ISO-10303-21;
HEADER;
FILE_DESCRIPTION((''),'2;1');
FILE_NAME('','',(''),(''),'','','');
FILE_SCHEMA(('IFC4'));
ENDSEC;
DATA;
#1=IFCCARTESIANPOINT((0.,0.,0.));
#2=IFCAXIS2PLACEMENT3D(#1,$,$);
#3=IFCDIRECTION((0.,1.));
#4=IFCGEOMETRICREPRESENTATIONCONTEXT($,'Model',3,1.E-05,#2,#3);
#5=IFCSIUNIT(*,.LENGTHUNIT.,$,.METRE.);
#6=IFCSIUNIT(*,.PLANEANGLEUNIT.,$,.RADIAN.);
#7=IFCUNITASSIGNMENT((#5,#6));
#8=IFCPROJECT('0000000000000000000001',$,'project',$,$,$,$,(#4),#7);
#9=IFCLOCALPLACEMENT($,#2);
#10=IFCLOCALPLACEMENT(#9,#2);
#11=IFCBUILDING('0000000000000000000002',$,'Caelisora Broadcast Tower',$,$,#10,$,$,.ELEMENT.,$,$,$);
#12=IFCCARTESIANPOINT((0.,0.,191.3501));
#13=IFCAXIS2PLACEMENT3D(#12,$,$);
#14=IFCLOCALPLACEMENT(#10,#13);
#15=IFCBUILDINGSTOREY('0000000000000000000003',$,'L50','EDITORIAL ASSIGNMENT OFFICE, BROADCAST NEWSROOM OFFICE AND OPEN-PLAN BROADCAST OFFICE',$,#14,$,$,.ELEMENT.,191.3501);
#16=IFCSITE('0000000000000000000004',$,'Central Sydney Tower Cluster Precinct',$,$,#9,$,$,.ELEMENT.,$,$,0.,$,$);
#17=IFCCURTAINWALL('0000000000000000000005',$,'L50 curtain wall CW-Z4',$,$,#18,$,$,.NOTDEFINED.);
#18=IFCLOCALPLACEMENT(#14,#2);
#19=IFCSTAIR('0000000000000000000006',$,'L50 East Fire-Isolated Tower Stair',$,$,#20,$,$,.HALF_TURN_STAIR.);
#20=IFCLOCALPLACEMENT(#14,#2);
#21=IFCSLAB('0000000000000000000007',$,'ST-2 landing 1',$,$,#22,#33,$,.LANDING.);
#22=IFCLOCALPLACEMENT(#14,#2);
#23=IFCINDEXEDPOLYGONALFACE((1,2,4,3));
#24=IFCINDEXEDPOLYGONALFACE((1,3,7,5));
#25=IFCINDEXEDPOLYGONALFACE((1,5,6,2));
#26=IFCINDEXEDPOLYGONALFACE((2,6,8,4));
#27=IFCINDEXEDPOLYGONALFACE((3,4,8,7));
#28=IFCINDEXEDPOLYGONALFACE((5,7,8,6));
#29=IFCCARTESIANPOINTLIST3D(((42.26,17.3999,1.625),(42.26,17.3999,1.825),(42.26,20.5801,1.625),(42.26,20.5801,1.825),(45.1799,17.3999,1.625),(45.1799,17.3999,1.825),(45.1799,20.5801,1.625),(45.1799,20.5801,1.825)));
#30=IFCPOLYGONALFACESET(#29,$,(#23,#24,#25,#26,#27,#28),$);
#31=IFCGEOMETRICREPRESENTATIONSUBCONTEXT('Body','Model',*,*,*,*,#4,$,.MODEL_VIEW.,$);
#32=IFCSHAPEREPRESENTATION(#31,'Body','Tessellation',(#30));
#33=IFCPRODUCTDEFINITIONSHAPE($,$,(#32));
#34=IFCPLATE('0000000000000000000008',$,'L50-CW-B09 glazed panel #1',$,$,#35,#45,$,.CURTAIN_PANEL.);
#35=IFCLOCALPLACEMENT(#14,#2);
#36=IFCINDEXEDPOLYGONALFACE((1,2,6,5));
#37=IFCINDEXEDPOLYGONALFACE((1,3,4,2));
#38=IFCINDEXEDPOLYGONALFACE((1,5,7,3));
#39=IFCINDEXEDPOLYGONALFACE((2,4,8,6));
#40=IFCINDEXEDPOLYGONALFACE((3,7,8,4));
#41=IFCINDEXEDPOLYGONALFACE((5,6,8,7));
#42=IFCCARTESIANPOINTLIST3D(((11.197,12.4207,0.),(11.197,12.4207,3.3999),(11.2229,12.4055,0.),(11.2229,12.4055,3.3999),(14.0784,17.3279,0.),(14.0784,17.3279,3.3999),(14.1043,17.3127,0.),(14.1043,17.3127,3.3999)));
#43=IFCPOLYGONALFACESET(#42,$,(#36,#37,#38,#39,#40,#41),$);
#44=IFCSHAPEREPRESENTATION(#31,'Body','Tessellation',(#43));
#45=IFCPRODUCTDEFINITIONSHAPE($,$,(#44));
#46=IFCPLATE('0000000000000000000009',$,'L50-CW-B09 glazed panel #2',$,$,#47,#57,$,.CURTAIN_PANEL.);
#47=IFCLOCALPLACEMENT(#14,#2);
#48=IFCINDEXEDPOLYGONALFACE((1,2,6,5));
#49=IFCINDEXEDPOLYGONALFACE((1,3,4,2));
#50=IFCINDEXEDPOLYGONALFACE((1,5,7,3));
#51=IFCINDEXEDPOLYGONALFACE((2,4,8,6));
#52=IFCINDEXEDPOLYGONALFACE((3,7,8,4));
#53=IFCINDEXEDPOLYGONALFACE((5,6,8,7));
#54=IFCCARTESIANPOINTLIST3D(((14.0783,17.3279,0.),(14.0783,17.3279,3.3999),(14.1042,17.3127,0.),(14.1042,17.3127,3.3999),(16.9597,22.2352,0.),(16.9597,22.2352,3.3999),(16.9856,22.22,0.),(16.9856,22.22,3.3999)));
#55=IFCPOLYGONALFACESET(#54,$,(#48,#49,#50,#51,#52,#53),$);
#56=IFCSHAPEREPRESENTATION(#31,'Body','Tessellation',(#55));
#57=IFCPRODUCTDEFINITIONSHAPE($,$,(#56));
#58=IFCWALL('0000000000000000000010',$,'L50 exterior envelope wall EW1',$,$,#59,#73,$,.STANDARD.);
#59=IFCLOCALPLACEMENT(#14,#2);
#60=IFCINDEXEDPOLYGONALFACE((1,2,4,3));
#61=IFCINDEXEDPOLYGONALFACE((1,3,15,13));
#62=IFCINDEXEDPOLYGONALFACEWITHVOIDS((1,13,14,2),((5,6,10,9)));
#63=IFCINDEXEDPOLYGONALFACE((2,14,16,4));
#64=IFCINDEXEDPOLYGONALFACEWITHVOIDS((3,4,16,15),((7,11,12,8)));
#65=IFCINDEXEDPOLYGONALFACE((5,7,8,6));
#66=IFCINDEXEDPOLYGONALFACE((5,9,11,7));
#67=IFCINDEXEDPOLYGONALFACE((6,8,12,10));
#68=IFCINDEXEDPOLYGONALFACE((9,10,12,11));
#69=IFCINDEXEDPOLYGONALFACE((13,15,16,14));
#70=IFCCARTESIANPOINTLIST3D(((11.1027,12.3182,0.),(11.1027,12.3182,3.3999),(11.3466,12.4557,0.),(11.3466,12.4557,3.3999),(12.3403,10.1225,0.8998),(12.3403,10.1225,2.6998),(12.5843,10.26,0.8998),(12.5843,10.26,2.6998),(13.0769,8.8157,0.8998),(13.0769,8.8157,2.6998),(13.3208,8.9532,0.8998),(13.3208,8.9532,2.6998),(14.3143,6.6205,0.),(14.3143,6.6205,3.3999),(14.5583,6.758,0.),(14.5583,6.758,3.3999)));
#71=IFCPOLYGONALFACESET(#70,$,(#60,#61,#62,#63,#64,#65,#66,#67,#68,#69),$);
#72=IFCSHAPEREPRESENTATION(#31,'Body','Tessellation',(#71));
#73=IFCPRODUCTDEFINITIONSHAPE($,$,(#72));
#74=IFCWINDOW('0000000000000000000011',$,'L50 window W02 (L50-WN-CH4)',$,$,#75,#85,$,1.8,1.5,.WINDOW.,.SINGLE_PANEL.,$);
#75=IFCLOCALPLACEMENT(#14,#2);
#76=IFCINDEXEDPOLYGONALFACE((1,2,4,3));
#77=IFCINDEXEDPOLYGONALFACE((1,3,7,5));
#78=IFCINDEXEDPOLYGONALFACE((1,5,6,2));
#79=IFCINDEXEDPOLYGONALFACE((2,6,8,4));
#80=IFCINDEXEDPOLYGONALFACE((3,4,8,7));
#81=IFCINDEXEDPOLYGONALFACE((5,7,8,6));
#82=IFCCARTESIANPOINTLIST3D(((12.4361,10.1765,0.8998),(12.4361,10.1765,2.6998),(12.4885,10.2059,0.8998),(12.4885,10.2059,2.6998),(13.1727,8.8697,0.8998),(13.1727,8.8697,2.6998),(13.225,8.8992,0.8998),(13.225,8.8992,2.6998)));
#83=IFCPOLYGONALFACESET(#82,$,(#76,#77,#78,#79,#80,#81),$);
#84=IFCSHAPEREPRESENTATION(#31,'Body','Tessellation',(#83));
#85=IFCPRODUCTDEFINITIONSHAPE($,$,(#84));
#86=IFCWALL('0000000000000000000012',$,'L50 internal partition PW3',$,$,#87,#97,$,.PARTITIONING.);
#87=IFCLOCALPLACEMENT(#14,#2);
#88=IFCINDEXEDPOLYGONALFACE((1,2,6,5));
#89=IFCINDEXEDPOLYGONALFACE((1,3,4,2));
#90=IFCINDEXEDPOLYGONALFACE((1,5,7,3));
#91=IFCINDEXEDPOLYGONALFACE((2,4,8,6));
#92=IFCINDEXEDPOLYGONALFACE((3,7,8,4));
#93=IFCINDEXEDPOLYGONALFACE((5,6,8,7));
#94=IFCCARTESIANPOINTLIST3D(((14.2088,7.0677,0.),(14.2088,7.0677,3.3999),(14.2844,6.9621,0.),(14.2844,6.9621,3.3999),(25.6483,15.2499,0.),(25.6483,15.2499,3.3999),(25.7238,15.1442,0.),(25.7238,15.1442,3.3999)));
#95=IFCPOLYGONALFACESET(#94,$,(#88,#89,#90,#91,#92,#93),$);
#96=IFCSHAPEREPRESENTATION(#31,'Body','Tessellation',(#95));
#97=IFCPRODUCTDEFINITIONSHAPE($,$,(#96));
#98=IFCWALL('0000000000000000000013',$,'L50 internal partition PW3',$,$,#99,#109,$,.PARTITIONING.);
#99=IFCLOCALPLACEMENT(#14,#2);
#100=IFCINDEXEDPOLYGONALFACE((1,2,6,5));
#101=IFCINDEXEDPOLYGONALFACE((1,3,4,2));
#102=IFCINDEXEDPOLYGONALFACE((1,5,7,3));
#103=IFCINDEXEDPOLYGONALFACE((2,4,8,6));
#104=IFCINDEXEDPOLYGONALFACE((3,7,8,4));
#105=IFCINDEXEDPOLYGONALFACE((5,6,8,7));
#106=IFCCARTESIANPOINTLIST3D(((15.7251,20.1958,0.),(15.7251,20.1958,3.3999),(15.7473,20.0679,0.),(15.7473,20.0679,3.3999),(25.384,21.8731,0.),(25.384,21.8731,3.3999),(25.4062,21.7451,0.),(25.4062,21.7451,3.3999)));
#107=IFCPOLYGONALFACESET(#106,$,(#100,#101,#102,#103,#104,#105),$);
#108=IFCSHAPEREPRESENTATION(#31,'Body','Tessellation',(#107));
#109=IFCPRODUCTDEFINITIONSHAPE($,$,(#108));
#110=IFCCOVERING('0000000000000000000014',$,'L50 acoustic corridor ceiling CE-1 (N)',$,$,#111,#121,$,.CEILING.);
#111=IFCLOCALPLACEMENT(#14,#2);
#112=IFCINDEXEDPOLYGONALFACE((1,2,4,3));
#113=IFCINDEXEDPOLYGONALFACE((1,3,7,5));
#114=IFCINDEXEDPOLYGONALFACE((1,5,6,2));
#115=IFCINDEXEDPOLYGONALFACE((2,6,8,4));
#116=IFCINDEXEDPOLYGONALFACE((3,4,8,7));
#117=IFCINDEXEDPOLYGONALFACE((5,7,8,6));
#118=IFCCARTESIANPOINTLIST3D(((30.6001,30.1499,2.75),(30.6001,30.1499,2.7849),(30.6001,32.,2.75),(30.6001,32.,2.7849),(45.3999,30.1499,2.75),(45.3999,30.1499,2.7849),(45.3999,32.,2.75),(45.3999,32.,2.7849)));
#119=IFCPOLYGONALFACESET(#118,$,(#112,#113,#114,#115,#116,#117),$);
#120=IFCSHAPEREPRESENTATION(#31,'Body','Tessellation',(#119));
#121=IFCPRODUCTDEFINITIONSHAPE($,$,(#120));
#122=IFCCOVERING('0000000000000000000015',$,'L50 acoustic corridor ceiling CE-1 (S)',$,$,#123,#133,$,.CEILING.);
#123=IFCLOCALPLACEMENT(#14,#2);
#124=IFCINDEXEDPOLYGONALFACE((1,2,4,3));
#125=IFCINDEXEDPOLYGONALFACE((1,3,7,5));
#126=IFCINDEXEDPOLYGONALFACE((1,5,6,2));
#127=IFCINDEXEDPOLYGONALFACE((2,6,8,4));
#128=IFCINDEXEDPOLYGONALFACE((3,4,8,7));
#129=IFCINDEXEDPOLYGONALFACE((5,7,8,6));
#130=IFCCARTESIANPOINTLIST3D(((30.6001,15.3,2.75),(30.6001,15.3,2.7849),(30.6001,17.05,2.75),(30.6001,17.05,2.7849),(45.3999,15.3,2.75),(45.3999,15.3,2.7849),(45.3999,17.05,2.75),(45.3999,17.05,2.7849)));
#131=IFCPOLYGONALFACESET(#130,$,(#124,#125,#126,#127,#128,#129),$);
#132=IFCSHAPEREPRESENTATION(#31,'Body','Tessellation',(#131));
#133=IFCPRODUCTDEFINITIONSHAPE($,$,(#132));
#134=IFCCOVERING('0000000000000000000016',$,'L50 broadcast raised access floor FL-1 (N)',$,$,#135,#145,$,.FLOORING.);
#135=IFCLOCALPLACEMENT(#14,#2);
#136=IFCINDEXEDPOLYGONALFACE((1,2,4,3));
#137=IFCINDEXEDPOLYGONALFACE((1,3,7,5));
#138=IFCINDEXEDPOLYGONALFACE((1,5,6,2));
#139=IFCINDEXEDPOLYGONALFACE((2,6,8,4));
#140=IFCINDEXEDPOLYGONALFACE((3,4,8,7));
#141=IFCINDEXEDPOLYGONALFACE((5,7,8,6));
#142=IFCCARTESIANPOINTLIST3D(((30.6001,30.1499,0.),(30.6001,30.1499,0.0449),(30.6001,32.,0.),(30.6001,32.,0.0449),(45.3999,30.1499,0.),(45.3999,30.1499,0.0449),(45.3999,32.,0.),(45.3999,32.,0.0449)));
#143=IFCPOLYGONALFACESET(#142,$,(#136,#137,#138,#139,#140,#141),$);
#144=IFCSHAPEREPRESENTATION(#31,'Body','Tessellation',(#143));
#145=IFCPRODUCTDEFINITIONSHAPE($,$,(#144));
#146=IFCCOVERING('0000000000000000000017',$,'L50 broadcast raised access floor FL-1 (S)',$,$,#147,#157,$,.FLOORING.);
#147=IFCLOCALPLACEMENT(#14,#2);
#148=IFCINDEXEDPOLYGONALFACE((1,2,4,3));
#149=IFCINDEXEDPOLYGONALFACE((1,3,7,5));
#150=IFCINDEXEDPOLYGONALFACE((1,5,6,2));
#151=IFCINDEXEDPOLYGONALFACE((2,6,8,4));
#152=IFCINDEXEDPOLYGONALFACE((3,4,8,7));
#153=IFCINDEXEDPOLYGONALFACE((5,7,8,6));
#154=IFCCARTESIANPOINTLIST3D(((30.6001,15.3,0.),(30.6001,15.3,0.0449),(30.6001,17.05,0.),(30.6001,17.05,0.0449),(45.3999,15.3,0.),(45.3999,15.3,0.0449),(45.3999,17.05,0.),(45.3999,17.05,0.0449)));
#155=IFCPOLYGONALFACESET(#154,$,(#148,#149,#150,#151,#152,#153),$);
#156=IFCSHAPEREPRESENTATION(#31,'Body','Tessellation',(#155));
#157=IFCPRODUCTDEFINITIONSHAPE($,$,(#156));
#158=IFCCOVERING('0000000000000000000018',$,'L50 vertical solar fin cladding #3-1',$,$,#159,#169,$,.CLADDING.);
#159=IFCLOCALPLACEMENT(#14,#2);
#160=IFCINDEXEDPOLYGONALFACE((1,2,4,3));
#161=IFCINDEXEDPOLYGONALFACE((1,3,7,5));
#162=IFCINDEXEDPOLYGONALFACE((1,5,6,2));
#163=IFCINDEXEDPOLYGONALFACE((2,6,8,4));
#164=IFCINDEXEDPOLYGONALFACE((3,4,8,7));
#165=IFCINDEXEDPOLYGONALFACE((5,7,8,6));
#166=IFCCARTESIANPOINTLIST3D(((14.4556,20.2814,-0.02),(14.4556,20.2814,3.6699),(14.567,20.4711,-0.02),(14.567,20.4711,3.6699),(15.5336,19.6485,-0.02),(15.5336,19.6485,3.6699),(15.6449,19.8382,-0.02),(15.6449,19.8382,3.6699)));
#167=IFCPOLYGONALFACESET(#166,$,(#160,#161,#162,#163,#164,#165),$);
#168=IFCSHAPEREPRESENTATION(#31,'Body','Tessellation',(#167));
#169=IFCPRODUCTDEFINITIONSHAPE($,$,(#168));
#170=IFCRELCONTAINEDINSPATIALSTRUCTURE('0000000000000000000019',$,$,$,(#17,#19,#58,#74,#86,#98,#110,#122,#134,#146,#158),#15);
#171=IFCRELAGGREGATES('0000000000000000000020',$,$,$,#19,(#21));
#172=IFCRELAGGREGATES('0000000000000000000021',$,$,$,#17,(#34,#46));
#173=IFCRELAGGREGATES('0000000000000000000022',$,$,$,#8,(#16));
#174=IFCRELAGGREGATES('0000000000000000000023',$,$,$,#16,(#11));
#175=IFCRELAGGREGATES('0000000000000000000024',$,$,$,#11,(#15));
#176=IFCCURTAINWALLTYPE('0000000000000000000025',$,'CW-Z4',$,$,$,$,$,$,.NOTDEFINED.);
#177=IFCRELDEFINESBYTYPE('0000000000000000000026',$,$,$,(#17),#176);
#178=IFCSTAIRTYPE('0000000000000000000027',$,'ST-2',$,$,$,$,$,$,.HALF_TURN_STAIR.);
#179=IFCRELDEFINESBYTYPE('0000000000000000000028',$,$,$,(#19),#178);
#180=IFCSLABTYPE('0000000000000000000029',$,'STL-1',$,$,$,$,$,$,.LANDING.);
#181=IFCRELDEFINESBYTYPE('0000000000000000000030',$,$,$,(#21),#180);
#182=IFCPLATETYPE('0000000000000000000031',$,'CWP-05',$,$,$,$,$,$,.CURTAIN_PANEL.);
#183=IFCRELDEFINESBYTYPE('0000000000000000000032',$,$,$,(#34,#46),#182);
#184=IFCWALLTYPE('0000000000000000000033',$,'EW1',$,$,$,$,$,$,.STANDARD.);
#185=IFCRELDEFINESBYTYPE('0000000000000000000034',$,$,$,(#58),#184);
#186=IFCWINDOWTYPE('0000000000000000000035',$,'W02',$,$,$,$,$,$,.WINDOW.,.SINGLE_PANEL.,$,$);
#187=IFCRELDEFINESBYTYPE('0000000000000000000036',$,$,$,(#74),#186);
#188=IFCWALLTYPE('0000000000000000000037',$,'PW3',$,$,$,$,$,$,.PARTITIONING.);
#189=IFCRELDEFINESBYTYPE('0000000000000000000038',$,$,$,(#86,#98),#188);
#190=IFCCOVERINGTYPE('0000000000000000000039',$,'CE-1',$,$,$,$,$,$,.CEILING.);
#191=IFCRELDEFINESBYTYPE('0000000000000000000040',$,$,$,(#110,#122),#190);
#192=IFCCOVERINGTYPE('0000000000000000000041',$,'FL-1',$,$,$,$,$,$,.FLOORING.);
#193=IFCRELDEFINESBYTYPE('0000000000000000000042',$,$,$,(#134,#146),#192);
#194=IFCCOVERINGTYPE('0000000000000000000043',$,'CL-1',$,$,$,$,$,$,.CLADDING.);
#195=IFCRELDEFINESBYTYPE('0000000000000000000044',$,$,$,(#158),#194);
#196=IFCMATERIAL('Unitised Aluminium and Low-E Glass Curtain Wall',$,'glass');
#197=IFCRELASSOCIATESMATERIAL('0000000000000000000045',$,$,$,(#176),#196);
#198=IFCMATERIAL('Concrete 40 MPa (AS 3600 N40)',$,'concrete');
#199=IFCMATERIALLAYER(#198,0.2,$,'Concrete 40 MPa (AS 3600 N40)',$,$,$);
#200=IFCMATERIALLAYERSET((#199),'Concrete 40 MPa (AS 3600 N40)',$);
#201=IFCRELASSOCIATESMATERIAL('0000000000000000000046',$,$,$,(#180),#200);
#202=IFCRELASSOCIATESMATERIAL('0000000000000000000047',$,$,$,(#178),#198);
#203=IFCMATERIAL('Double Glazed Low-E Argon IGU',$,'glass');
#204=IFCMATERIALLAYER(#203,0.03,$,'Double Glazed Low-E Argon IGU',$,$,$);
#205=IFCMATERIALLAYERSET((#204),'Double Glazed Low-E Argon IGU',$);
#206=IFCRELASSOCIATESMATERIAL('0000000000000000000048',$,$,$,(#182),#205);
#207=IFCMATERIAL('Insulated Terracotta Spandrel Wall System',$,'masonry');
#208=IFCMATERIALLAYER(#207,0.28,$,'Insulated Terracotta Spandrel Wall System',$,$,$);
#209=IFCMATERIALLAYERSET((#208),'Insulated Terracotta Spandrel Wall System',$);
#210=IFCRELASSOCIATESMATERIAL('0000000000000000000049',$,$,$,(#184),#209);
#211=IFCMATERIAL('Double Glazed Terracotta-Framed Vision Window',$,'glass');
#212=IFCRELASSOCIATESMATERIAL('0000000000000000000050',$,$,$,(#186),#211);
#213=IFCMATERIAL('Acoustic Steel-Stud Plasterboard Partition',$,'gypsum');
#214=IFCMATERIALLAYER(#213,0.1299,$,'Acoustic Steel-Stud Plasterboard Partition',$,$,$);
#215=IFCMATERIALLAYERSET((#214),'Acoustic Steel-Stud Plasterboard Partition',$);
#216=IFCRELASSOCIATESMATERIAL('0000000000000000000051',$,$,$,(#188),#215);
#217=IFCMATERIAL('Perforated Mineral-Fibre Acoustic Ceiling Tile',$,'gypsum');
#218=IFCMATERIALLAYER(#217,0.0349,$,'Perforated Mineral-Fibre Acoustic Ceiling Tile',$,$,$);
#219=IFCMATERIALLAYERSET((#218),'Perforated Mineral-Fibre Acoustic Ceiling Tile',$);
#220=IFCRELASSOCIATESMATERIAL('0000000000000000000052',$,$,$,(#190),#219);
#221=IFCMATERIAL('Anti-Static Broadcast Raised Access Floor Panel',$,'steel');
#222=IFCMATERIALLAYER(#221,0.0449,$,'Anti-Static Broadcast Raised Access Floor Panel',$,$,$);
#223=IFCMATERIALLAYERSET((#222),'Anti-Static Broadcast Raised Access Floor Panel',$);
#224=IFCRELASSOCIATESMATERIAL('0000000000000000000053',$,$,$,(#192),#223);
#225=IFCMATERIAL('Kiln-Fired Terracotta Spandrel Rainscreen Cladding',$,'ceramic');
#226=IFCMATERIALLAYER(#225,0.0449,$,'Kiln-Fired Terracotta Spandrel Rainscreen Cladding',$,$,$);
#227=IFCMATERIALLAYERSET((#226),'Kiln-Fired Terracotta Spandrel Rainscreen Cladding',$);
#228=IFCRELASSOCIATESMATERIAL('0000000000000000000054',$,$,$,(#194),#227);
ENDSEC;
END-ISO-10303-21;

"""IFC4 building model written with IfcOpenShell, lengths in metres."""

from ifc_helpers import new_model, si_unit, direction, frame, frame_2d, origin, origin_2d, place, context, subcontext, project, spatial, polyline, rectangle, outline, extrude, source, transform, mapped, material, layer, layer_set, type_object, type_shapes, element, fill, aggregate, save


model = new_model("IFC4")

# Units and contexts
model_context = context("Model", 3, precision=1e-05, world=origin(), true_north=direction((0.0, 1.0)))
body_context = subcontext(model_context, "Body", "Model", "MODEL_VIEW")
ifc_project = project(units=[si_unit("LENGTHUNIT", "METRE"), si_unit("PLANEANGLEUNIT", "RADIAN")], contexts=[model_context])

# Site, building, storey
site_placement = place(None, origin())
site = spatial("IfcSite", under=ifc_project, at=site_placement, Name="Central Sydney Tower Cluster Precinct", CompositionType="ELEMENT", RefElevation=0.0)
building_placement = place(site_placement, origin())
building = spatial("IfcBuilding", under=site, at=building_placement, Name="Caelisora Broadcast Tower", CompositionType="ELEMENT")
storey_placement = place(building_placement, frame((0.0, 0.0, 191.3501)))
storey = spatial("IfcBuildingStorey", under=building, at=storey_placement, Name="L50", Description="EDITORIAL ASSIGNMENT OFFICE, BROADCAST NEWSROOM OFFICE AND OPEN-PLAN BROADCAST OFFICE", CompositionType="ELEMENT", Elevation=191.3501)

# Shared definitions
ifc_material_1 = material(Name="Unitised Aluminium and Low-E Glass Curtain Wall", Category="glass")
curtain_wall_type = type_object("IfcCurtainWallType", Name="CW-Z4", PredefinedType="NOTDEFINED", material=ifc_material_1)

# Curtain wall
curtain_wall_1_placement = place(storey_placement, origin())
curtain_wall_1 = element("IfcCurtainWall", 1, at=curtain_wall_1_placement, inside=storey, type_object=curtain_wall_type, Name="L50 curtain wall CW-Z4", PredefinedType="NOTDEFINED")

# Shared definitions
ifc_material_2 = material(Name="Concrete 40 MPa (AS 3600 N40)", Category="concrete")

# Stair, slab
ifc_layer_1 = layer(ifc_material_2, 0.2, Name="Concrete 40 MPa (AS 3600 N40)")
ifc_layer_set_1 = layer_set([ifc_layer_1], Name="Concrete 40 MPa (AS 3600 N40)")
slab_type_1 = type_object("IfcSlabType", Name="STL-1", PredefinedType="LANDING", material=ifc_layer_set_1)
stair_type_1 = type_object("IfcStairType", Name="ST-2", PredefinedType="HALF_TURN_STAIR", material=ifc_material_2)
stair_1_placement = place(storey_placement, origin())
stair_1 = element("IfcStair", 2, at=stair_1_placement, inside=storey, type_object=stair_type_1, Name="L50 East Fire-Isolated Tower Stair", PredefinedType="HALF_TURN_STAIR")
slab_1_placement = place(storey_placement, frame((0.0, 0.0, 1.625)))
slab_1 = element("IfcSlab", 3, at=slab_1_placement, type_object=slab_type_1, Name="ST-2 landing 1", PredefinedType="LANDING", context=body_context, shape_type="SweptSolid", body=[
    extrude(outline(polyline([(42.26, 20.5801), (42.26, 17.3999), (45.1799, 17.3999), (45.1799, 20.5801), (42.26, 20.5801)])), origin(), (0.0, 0.0, 1.0), 0.2),
])
aggregate(stair_1, [slab_1])

# Plates
ifc_material_3 = material(Name="Double Glazed Low-E Argon IGU", Category="glass")
ifc_layer_2 = layer(ifc_material_3, 0.03, Name="Double Glazed Low-E Argon IGU")
ifc_layer_set_2 = layer_set([ifc_layer_2], Name="Double Glazed Low-E Argon IGU")
plate_type = type_object("IfcPlateType", Name="CWP-05", PredefinedType="CURTAIN_PANEL", material=ifc_layer_set_2)
shared_shape_1 = source(origin(), body_context, "Body", "SweptSolid", [
    extrude(rectangle(XDim=5.6907, YDim=0.03, at=origin_2d()), origin(), (0.0, 0.0, 1.0), 3.3999),
])
type_shapes(plate_type, [shared_shape_1])
plate_1_placement = place(storey_placement, frame((12.6506, 14.8667, 0.0), z_axis=(0.0, 0.0, 1.0), x_axis=(0.506335, 0.862337, 0.0)))
plate_1 = element("IfcPlate", 4, at=plate_1_placement, type_object=plate_type, Name="L50-CW-B09 glazed panel #1", PredefinedType="CURTAIN_PANEL", context=body_context, shape_type="MappedRepresentation", body=[
    mapped(shared_shape_1, transform((0.0, 0.0, 0.0), scale=1.0)),
])
plate_2_placement = place(storey_placement, frame((15.532, 19.7739, 0.0), z_axis=(0.0, 0.0, 1.0), x_axis=(0.506335, 0.862337, 0.0)))
plate_2 = element("IfcPlate", 5, at=plate_2_placement, type_object=plate_type, Name="L50-CW-B09 glazed panel #2", PredefinedType="CURTAIN_PANEL", context=body_context, shape_type="MappedRepresentation", body=[
    mapped(shared_shape_1, transform((0.0, 0.0, 0.0), scale=1.0)),
])
aggregate(curtain_wall_1, [plate_1, plate_2])

# Wall, opening, window
ifc_material_4 = material(Name="Insulated Terracotta Spandrel Wall System", Category="masonry")
ifc_layer_3 = layer(ifc_material_4, 0.28, Name="Insulated Terracotta Spandrel Wall System")
ifc_layer_set_3 = layer_set([ifc_layer_3], Name="Insulated Terracotta Spandrel Wall System")
wall_type_1 = type_object("IfcWallType", Name="EW1", PredefinedType="STANDARD", material=ifc_layer_set_3)
wall_1_placement = place(storey_placement, frame((14.4363, 6.6892, 0.0), z_axis=(0.0, 0.0, 1.0), x_axis=(-0.491037, 0.871139, 0.0)))
wall_1 = element("IfcWall", 6, at=wall_1_placement, inside=storey, type_object=wall_type_1, Name="L50 exterior envelope wall EW1", PredefinedType="STANDARD", context=body_context, shape_type="SweptSolid", body=[
    extrude(rectangle(XDim=6.5405, YDim=0.28, at=frame_2d((3.2703, 0.0))), origin(), (0.0, 0.0, 1.0), 3.3999),
])
opening_placement = place(wall_1_placement, frame((2.52, 0.0, 0.8999)))
opening = element("IfcOpeningElement", 7, at=opening_placement, cuts=wall_1, PredefinedType="OPENING", context=body_context, shape_type="SweptSolid", body=[
    extrude(rectangle(XDim=1.5, YDim=1.8, at=frame_2d((0.75, 0.8999))), frame((0.0, 0.1521, 0.0), z_axis=(0.0, -1.0, 0.0), x_axis=(1.0, 0.0, 0.0)), (0.0, 0.0, 1.0), 0.304),
])
ifc_material_5 = material(Name="Double Glazed Terracotta-Framed Vision Window", Category="glass")
window_type = type_object("IfcWindowType", Name="W02", PartitioningType="SINGLE_PANEL", PredefinedType="WINDOW", material=ifc_material_5)
window_placement = place(opening_placement, origin())
window = element("IfcWindow", 8, at=window_placement, inside=storey, type_object=window_type, Name="L50 window W02 (L50-WN-CH4)", OverallHeight=1.8, OverallWidth=1.5, PartitioningType="SINGLE_PANEL", PredefinedType="WINDOW", context=body_context, shape_type="SweptSolid", body=[
    extrude(rectangle(XDim=1.5, YDim=1.8, at=frame_2d((0.75, 0.8999))), frame((0.0, 0.03, 0.0), z_axis=(0.0, -1.0, 0.0), x_axis=(1.0, 0.0, 0.0)), (0.0, 0.0, 1.0), 0.0601),
])
fill(opening, window)

# Walls
ifc_material_6 = material(Name="Acoustic Steel-Stud Plasterboard Partition", Category="gypsum")
ifc_layer_4 = layer(ifc_material_6, 0.1299, Name="Acoustic Steel-Stud Plasterboard Partition")
ifc_layer_set_4 = layer_set([ifc_layer_4], Name="Acoustic Steel-Stud Plasterboard Partition")
wall_type_2 = type_object("IfcWallType", Name="PW3", PredefinedType="PARTITIONING", material=ifc_layer_set_4)
wall_2_placement = place(storey_placement, frame((14.2466, 7.0149, 0.0), z_axis=(0.0, 0.0, 1.0), x_axis=(0.81336, 0.58176, 0.0)))
element("IfcWall", 9, at=wall_2_placement, inside=storey, type_object=wall_type_2, Name="L50 internal partition PW3", PredefinedType="PARTITIONING", context=body_context, shape_type="SweptSolid", body=[
    extrude(rectangle(XDim=14.0645, YDim=0.1299, at=frame_2d((7.0322, 0.0))), origin(), (0.0, 0.0, 1.0), 3.3999),
])
wall_3_placement = place(storey_placement, frame((15.7361, 20.1318, 0.0), z_axis=(0.0, 0.0, 1.0), x_axis=(0.985256, 0.171087, 0.0)))
element("IfcWall", 10, at=wall_3_placement, inside=storey, type_object=wall_type_2, Name="L50 internal partition PW3", PredefinedType="PARTITIONING", context=body_context, shape_type="SweptSolid", body=[
    extrude(rectangle(XDim=9.8035, YDim=0.1299, at=frame_2d((4.9019, 0.0))), origin(), (0.0, 0.0, 1.0), 3.3999),
])

# Coverings
ifc_material_7 = material(Name="Perforated Mineral-Fibre Acoustic Ceiling Tile", Category="gypsum")
ifc_layer_5 = layer(ifc_material_7, 0.0349, Name="Perforated Mineral-Fibre Acoustic Ceiling Tile")
ifc_layer_set_5 = layer_set([ifc_layer_5], Name="Perforated Mineral-Fibre Acoustic Ceiling Tile")
covering_type_1 = type_object("IfcCoveringType", Name="CE-1", PredefinedType="CEILING", material=ifc_layer_set_5)
covering_1_placement = place(storey_placement, frame((0.0, 0.0, 2.75)))
element("IfcCovering", 11, at=covering_1_placement, inside=storey, type_object=covering_type_1, Name="L50 acoustic corridor ceiling CE-1 (N)", PredefinedType="CEILING", context=body_context, shape_type="SweptSolid", body=[
    extrude(outline(polyline([(30.6001, 30.1499), (45.3999, 30.1499), (45.3999, 32.0), (30.6001, 32.0), (30.6001, 30.1499)])), origin(), (0.0, 0.0, 1.0), 0.0349),
])
covering_2_placement = place(storey_placement, frame((0.0, 0.0, 2.75)))
element("IfcCovering", 12, at=covering_2_placement, inside=storey, type_object=covering_type_1, Name="L50 acoustic corridor ceiling CE-1 (S)", PredefinedType="CEILING", context=body_context, shape_type="SweptSolid", body=[
    extrude(outline(polyline([(30.6001, 15.3), (45.3999, 15.3), (45.3999, 17.05), (30.6001, 17.05), (30.6001, 15.3)])), origin(), (0.0, 0.0, 1.0), 0.0349),
])
ifc_material_8 = material(Name="Anti-Static Broadcast Raised Access Floor Panel", Category="steel")
ifc_layer_6 = layer(ifc_material_8, 0.0449, Name="Anti-Static Broadcast Raised Access Floor Panel")
ifc_layer_set_6 = layer_set([ifc_layer_6], Name="Anti-Static Broadcast Raised Access Floor Panel")
covering_type_2 = type_object("IfcCoveringType", Name="FL-1", PredefinedType="FLOORING", material=ifc_layer_set_6)
covering_3_placement = place(storey_placement, origin())
element("IfcCovering", 13, at=covering_3_placement, inside=storey, type_object=covering_type_2, Name="L50 broadcast raised access floor FL-1 (N)", PredefinedType="FLOORING", context=body_context, shape_type="SweptSolid", body=[
    extrude(outline(polyline([(30.6001, 30.1499), (45.3999, 30.1499), (45.3999, 32.0), (30.6001, 32.0), (30.6001, 30.1499)])), origin(), (0.0, 0.0, 1.0), 0.0449),
])
covering_4_placement = place(storey_placement, origin())
element("IfcCovering", 14, at=covering_4_placement, inside=storey, type_object=covering_type_2, Name="L50 broadcast raised access floor FL-1 (S)", PredefinedType="FLOORING", context=body_context, shape_type="SweptSolid", body=[
    extrude(outline(polyline([(30.6001, 15.3), (45.3999, 15.3), (45.3999, 17.05), (30.6001, 17.05), (30.6001, 15.3)])), origin(), (0.0, 0.0, 1.0), 0.0449),
])
ifc_material_9 = material(Name="Kiln-Fired Terracotta Spandrel Rainscreen Cladding", Category="ceramic")
ifc_layer_7 = layer(ifc_material_9, 0.0449, Name="Kiln-Fired Terracotta Spandrel Rainscreen Cladding")
ifc_layer_set_7 = layer_set([ifc_layer_7], Name="Kiln-Fired Terracotta Spandrel Rainscreen Cladding")
covering_type_3 = type_object("IfcCoveringType", Name="CL-1", PredefinedType="CLADDING", material=ifc_layer_set_7)
shared_shape_2 = source(origin(), body_context, "Body", "SweptSolid", [
    extrude(rectangle(XDim=0.22, YDim=1.25, at=origin_2d()), origin(), (0.0, 0.0, 1.0), 3.6899),
])
type_shapes(covering_type_3, [shared_shape_2])
covering_5_placement = place(storey_placement, frame((15.0503, 20.0598, -0.02), z_axis=(0.0, 0.0, 1.0), x_axis=(0.506335, 0.862337, 0.0)))
element("IfcCovering", 15, at=covering_5_placement, inside=storey, type_object=covering_type_3, Name="L50 vertical solar fin cladding #3-1", PredefinedType="CLADDING", context=body_context, shape_type="MappedRepresentation", body=[
    mapped(shared_shape_2, transform((0.0, 0.0, 0.0), scale=1.0)),
])

save(model, "model.ifc")
